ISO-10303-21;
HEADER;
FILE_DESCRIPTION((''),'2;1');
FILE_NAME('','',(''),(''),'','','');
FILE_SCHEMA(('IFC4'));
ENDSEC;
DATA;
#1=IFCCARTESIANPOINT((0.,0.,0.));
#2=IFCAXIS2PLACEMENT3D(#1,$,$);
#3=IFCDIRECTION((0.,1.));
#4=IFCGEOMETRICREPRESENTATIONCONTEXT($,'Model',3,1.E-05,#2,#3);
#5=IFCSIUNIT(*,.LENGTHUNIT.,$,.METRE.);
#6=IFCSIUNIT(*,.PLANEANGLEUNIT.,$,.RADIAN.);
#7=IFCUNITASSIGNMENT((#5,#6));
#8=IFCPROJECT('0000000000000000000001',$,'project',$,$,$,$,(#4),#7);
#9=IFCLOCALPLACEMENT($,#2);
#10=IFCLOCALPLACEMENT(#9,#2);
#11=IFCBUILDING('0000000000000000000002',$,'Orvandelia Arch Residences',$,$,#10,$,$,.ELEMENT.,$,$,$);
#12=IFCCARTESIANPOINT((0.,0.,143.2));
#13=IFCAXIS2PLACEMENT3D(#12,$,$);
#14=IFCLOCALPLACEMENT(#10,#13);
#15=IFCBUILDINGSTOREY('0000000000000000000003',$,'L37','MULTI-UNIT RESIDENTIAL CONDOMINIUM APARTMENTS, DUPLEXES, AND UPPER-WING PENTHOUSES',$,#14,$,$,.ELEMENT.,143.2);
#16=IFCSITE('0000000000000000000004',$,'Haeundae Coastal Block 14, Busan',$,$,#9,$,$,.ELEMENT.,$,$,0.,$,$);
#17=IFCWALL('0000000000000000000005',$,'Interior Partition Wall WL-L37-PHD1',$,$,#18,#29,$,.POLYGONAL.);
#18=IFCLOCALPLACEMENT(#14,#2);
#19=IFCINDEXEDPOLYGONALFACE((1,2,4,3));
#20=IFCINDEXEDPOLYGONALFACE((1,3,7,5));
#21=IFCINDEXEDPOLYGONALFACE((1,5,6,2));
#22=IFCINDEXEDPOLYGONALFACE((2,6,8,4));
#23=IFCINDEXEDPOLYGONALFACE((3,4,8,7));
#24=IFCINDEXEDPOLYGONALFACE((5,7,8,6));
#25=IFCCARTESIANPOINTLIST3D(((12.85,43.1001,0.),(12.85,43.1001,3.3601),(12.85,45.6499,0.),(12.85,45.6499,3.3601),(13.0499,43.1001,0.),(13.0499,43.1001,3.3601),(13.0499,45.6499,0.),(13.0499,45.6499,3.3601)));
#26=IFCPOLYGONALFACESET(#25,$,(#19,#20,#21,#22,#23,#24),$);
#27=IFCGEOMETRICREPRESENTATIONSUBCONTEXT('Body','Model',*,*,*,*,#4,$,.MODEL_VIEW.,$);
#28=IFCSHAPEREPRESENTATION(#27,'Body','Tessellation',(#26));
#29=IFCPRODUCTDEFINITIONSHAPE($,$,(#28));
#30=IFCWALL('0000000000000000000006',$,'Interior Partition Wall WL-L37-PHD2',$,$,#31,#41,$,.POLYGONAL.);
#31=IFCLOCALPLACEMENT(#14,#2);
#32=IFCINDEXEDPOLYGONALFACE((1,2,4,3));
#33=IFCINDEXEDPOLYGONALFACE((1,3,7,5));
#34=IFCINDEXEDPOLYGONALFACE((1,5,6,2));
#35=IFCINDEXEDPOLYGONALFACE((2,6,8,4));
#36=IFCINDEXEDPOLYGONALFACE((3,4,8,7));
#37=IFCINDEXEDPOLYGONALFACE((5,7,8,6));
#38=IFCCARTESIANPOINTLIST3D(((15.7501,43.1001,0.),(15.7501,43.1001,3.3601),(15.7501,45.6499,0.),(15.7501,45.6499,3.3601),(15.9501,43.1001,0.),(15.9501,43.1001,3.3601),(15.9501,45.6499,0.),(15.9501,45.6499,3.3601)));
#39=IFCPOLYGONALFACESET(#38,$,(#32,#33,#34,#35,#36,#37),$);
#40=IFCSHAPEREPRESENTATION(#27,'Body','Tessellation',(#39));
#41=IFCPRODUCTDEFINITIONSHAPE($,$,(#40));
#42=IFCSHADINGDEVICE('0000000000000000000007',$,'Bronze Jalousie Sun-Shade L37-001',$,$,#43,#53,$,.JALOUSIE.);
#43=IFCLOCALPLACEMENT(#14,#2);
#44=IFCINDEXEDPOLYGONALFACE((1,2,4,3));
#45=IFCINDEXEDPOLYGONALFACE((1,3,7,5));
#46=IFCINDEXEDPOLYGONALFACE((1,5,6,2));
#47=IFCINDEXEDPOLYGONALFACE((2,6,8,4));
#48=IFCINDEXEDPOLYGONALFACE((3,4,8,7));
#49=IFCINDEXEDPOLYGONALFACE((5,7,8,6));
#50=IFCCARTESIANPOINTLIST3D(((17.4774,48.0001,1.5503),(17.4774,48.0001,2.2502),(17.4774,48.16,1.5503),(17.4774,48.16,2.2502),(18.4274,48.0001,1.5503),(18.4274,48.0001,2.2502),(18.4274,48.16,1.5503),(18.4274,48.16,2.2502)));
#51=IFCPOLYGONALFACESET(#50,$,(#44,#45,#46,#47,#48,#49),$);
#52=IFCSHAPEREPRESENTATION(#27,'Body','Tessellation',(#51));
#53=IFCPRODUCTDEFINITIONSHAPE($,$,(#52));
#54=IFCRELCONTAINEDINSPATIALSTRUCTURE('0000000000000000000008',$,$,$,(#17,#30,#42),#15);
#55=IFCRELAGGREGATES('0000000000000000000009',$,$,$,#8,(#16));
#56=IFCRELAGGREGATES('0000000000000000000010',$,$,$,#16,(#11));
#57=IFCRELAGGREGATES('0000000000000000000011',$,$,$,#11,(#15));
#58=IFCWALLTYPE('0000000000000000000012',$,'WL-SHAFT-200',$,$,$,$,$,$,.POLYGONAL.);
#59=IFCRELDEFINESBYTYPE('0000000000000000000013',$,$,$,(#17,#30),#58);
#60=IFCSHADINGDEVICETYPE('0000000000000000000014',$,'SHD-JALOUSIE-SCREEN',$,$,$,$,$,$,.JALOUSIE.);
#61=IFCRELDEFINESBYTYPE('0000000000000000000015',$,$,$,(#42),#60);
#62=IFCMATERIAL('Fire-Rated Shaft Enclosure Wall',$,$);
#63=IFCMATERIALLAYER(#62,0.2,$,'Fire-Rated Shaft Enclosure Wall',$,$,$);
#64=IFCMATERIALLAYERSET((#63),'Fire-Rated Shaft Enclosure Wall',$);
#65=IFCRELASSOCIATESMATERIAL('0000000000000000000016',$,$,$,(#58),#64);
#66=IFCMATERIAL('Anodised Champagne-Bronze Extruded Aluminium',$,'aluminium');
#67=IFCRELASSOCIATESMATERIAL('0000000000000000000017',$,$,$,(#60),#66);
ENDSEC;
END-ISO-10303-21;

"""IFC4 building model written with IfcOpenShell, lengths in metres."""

from ifc_helpers import new_model, si_unit, direction, frame, frame_2d, origin, origin_2d, place, context, subcontext, project, spatial, rectangle, extrude, material, layer, layer_set, type_object, element, save


model = new_model("IFC4")

# Units and contexts
model_context = context("Model", 3, precision=1e-05, world=origin(), true_north=direction((0.0, 1.0)))
body_context = subcontext(model_context, "Body", "Model", "MODEL_VIEW")
ifc_project = project(units=[si_unit("LENGTHUNIT", "METRE"), si_unit("PLANEANGLEUNIT", "RADIAN")], contexts=[model_context])

# Site, building, storey
site_placement = place(None, origin())
site = spatial("IfcSite", under=ifc_project, at=site_placement, Name="Haeundae Coastal Block 14, Busan", CompositionType="ELEMENT", RefElevation=0.0)
building_placement = place(site_placement, origin())
building = spatial("IfcBuilding", under=site, at=building_placement, Name="Orvandelia Arch Residences", CompositionType="ELEMENT")
storey_placement = place(building_placement, frame((0.0, 0.0, 143.2)))
storey = spatial("IfcBuildingStorey", under=building, at=storey_placement, Name="L37", Description="MULTI-UNIT RESIDENTIAL CONDOMINIUM APARTMENTS, DUPLEXES, AND UPPER-WING PENTHOUSES", CompositionType="ELEMENT", Elevation=143.2)

# Shared definitions
ifc_material_1 = material(Name="Fire-Rated Shaft Enclosure Wall")
ifc_layer_1 = layer(ifc_material_1, 0.2, Name="Fire-Rated Shaft Enclosure Wall")
ifc_layer_set_1 = layer_set([ifc_layer_1], Name="Fire-Rated Shaft Enclosure Wall")
wall_type_1 = type_object("IfcWallType", Name="WL-SHAFT-200", PredefinedType="POLYGONAL", material=ifc_layer_set_1)

# Walls
for number, where, z_axis, x_axis, name in (
    (1, (12.95, 43.1001, 0.0), (0.0, 0.0, 1.0), (0.0, 1.0, 0.0), "Interior Partition Wall WL-L37-PHD1"),
    (2, (15.8501, 43.1001, 0.0), (0.0, 0.0, 1.0), (0.0, 1.0, 0.0), "Interior Partition Wall WL-L37-PHD2"),
):
    element("IfcWall", number, at=place(storey_placement, frame(where, z_axis=z_axis, x_axis=x_axis)), inside=storey, type_object=wall_type_1, Name=name, PredefinedType="POLYGONAL", context=body_context, shape_type="SweptSolid", body=[
        extrude(rectangle(XDim=2.5498, YDim=0.2, at=frame_2d((1.2749, 0.0))), origin(), (0.0, 0.0, 1.0), 3.3601),
    ])

# Shading device
ifc_material_2 = material(Name="Anodised Champagne-Bronze Extruded Aluminium", Category="aluminium")
shading_device_type = type_object("IfcShadingDeviceType", Name="SHD-JALOUSIE-SCREEN", PredefinedType="JALOUSIE", material=ifc_material_2)
shading_device_placement = place(storey_placement, frame((17.9524, 48.0801, 1.5503), z_axis=(0.0, 0.0, 1.0), x_axis=(1.0, 0.0, 0.0)))
element("IfcShadingDevice", 3, at=shading_device_placement, inside=storey, type_object=shading_device_type, Name="Bronze Jalousie Sun-Shade L37-001", PredefinedType="JALOUSIE", context=body_context, shape_type="SweptSolid", body=[
    extrude(rectangle(XDim=0.95, YDim=0.1599, at=origin_2d()), origin(), (0.0, 0.0, 1.0), 0.7),
])

save(model, "model.ifc")
